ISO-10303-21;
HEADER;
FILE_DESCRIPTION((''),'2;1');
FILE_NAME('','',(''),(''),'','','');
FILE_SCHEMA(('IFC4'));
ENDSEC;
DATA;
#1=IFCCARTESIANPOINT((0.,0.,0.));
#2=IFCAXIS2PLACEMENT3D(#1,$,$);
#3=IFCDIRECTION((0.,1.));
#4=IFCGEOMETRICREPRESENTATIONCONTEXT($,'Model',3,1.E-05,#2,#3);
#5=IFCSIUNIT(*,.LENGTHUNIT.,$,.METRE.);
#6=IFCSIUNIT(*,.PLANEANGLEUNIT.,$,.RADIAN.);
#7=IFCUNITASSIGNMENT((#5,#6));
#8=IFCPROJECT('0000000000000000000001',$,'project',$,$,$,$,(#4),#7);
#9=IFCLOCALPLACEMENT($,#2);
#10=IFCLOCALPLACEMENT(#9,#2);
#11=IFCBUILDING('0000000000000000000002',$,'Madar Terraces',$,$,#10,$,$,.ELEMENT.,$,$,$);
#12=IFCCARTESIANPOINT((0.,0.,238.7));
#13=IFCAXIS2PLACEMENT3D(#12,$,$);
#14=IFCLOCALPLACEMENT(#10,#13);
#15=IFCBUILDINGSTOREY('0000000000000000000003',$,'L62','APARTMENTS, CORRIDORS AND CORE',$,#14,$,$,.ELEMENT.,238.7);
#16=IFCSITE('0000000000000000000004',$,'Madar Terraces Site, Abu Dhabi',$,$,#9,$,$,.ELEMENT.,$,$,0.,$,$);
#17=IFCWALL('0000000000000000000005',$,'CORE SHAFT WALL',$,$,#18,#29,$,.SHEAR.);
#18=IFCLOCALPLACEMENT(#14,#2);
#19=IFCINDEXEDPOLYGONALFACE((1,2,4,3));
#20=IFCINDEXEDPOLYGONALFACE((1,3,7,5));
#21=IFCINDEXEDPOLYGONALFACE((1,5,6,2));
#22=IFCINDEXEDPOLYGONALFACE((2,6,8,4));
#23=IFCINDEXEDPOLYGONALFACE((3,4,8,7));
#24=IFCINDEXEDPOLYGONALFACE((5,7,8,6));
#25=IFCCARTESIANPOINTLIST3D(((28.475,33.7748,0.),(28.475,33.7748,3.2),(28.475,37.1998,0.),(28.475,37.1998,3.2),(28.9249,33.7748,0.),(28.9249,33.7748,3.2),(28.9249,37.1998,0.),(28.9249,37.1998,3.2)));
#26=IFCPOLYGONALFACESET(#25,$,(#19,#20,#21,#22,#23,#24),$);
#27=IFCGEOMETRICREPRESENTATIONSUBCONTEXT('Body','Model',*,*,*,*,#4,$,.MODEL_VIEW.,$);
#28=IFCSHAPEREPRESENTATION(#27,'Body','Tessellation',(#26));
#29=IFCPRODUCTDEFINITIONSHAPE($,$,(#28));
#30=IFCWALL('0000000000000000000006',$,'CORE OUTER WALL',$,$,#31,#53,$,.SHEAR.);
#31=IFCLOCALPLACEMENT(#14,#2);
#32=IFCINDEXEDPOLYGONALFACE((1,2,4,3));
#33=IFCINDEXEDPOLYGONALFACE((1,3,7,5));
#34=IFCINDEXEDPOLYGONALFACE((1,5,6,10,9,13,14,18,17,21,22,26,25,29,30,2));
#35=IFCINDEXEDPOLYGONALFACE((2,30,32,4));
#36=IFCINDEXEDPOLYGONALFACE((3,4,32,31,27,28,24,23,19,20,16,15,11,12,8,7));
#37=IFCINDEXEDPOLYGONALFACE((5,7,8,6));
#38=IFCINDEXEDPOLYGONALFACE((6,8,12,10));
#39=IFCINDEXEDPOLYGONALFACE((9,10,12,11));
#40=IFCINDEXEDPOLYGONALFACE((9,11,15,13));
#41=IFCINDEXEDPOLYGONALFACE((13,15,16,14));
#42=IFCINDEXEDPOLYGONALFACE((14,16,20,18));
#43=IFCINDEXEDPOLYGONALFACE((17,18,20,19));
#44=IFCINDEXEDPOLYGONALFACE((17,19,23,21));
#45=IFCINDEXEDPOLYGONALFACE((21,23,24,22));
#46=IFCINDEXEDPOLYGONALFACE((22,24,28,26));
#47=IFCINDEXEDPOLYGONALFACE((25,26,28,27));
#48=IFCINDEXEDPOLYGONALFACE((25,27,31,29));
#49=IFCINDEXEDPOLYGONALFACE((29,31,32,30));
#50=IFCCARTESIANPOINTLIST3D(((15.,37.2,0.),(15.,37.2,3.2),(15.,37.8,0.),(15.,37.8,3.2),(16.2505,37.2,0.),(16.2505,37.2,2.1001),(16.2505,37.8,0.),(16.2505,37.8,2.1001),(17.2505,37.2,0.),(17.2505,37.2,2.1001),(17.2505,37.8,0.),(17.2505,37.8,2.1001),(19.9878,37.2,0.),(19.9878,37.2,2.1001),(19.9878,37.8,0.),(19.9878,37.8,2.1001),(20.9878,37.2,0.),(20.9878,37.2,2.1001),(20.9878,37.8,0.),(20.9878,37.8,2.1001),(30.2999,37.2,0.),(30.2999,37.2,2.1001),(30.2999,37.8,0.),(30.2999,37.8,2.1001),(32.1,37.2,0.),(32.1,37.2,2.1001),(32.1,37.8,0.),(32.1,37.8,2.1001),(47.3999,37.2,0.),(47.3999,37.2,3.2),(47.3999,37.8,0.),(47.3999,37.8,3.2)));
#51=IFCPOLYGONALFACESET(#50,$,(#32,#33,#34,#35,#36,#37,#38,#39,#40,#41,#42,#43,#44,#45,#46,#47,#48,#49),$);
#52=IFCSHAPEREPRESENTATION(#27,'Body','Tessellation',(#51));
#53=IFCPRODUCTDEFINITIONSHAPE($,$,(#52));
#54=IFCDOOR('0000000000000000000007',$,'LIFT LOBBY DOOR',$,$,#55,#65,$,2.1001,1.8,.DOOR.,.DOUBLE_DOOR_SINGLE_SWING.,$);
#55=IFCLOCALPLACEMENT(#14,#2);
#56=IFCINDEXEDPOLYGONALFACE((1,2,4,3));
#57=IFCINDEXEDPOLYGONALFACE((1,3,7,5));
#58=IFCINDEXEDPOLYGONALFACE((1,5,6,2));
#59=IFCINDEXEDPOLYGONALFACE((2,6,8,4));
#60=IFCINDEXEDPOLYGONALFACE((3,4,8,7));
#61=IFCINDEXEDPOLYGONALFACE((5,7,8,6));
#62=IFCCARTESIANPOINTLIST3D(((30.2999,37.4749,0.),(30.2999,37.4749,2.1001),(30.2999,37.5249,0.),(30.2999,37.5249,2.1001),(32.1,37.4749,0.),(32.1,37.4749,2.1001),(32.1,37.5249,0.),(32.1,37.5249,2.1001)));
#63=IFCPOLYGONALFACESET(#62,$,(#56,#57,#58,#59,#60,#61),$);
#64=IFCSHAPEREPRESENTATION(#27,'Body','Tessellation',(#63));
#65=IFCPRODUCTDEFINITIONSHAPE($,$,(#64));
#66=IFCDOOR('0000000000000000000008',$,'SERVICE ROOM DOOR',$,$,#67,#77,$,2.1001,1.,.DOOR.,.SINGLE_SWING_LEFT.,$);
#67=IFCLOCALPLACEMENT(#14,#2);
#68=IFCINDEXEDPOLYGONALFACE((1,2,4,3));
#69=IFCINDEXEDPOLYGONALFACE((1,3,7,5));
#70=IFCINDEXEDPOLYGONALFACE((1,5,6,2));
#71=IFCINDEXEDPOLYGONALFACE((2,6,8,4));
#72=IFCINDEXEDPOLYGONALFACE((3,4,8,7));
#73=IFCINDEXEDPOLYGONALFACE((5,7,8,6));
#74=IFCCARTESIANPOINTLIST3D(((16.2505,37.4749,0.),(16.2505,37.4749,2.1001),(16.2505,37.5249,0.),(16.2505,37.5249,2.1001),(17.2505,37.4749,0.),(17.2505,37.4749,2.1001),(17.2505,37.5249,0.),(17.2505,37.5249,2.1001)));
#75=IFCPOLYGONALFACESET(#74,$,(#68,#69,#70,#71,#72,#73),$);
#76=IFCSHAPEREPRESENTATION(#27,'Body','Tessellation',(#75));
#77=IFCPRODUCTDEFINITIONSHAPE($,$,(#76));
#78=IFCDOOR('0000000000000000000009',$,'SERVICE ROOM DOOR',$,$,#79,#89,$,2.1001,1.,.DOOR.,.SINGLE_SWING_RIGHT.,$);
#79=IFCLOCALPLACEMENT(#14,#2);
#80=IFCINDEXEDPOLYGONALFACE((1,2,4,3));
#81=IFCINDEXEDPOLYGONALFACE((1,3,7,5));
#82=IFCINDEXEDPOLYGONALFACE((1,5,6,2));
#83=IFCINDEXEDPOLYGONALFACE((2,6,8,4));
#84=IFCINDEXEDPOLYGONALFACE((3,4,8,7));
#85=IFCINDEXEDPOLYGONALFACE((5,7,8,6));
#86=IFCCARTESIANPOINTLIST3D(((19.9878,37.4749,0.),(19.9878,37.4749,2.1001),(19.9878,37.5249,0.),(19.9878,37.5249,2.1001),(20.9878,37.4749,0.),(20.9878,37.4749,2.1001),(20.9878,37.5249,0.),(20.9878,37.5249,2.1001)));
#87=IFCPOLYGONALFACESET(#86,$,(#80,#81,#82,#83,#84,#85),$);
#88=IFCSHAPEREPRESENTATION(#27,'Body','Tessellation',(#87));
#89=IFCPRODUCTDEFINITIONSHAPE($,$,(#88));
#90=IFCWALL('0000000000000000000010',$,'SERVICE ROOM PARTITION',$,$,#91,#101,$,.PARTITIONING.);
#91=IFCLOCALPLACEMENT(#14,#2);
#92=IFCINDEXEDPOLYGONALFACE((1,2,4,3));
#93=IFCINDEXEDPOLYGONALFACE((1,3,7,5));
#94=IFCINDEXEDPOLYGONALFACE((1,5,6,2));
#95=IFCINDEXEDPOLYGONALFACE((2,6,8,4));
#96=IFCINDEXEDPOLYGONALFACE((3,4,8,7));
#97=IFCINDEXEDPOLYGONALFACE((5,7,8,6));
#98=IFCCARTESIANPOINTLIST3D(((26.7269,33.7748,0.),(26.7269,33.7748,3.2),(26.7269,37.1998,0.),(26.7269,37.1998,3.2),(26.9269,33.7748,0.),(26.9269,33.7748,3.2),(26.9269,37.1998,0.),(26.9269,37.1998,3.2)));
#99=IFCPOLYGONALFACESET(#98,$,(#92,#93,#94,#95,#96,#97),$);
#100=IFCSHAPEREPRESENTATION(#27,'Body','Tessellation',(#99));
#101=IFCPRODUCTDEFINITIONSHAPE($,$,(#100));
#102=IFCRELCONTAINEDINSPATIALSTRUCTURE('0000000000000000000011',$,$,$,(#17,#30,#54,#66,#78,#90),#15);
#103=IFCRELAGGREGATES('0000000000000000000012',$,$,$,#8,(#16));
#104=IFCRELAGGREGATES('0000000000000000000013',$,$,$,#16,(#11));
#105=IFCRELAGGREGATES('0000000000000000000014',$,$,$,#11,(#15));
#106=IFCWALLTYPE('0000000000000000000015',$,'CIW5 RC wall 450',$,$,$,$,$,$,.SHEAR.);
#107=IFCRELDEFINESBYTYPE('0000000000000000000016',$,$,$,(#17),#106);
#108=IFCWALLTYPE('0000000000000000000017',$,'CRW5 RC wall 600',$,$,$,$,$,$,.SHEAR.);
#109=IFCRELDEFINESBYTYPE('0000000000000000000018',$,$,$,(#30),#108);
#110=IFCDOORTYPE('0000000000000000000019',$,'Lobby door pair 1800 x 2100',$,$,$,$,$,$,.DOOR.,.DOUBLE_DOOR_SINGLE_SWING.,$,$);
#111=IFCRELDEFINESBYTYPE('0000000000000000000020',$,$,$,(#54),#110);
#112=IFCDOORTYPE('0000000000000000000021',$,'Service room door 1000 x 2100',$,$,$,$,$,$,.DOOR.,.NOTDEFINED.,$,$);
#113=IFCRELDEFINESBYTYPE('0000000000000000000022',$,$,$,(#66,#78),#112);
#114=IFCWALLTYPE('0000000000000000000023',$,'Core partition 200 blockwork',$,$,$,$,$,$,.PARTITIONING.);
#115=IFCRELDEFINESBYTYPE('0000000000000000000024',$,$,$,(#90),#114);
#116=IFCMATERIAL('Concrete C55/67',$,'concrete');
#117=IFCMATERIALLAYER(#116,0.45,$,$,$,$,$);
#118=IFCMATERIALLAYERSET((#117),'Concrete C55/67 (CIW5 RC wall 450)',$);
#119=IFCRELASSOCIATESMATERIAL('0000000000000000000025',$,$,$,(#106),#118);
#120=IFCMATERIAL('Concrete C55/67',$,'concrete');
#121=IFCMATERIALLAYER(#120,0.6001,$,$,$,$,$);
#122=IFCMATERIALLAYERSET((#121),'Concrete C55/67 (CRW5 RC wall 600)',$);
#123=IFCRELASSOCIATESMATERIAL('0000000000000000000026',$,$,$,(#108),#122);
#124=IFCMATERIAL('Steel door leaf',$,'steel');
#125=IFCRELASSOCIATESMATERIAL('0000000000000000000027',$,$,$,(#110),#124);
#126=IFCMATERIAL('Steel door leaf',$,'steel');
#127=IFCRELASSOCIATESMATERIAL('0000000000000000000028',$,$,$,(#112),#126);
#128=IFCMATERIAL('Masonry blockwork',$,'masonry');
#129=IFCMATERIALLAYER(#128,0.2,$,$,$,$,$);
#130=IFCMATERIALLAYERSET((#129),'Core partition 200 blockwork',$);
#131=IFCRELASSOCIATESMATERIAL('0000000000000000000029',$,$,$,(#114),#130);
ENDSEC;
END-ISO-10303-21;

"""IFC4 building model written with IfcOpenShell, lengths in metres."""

from ifc_helpers import new_model, si_unit, direction, frame, frame_2d, origin, place, context, subcontext, project, spatial, rectangle, extrude, material, layer, layer_set, type_object, element, fill, save


model = new_model("IFC4")

# Units and contexts
model_context = context("Model", 3, precision=1e-05, world=origin(), true_north=direction((0.0, 1.0)))
body_context = subcontext(model_context, "Body", "Model", "MODEL_VIEW")
ifc_project = project(units=[si_unit("LENGTHUNIT", "METRE"), si_unit("PLANEANGLEUNIT", "RADIAN")], contexts=[model_context])

# Site, building, storey
site_placement = place(None, origin())
site = spatial("IfcSite", under=ifc_project, at=site_placement, Name="Madar Terraces Site, Abu Dhabi", CompositionType="ELEMENT", RefElevation=0.0)
building_placement = place(site_placement, origin())
building = spatial("IfcBuilding", under=site, at=building_placement, Name="Madar Terraces", CompositionType="ELEMENT")
storey_placement = place(building_placement, frame((0.0, 0.0, 238.7)))
storey = spatial("IfcBuildingStorey", under=building, at=storey_placement, Name="L62", Description="APARTMENTS, CORRIDORS AND CORE", CompositionType="ELEMENT", Elevation=238.7)

# Wall
ifc_material_1 = material(Name="Concrete C55/67", Category="concrete")
ifc_layer_1 = layer(ifc_material_1, 0.45)
ifc_layer_set_1 = layer_set([ifc_layer_1], Name="Concrete C55/67 (CIW5 RC wall 450)")
wall_type_1 = type_object("IfcWallType", Name="CIW5 RC wall 450", PredefinedType="SHEAR", material=ifc_layer_set_1)
wall_1_placement = place(storey_placement, frame((28.7, 33.7749, 0.0), z_axis=(0.0, 0.0, 1.0), x_axis=(0.0, 1.0, 0.0)))
element("IfcWall", 1, at=wall_1_placement, inside=storey, type_object=wall_type_1, Name="CORE SHAFT WALL", PredefinedType="SHEAR", context=body_context, shape_type="SweptSolid", body=[
    extrude(rectangle(XDim=3.425, YDim=0.45, at=frame_2d((1.7124, 0.0))), origin(), (0.0, 0.0, 1.0), 3.2),
])

# Wall, openings, doors
ifc_material_2 = material(Name="Concrete C55/67", Category="concrete")
ifc_layer_2 = layer(ifc_material_2, 0.6001)
ifc_layer_set_2 = layer_set([ifc_layer_2], Name="Concrete C55/67 (CRW5 RC wall 600)")
wall_type_2 = type_object("IfcWallType", Name="CRW5 RC wall 600", PredefinedType="SHEAR", material=ifc_layer_set_2)
wall_2_placement = place(storey_placement, frame((15.0, 37.5, 0.0), z_axis=(0.0, 0.0, 1.0), x_axis=(1.0, 0.0, 0.0)))
wall_2 = element("IfcWall", 2, at=wall_2_placement, inside=storey, type_object=wall_type_2, Name="CORE OUTER WALL", PredefinedType="SHEAR", context=body_context, shape_type="SweptSolid", body=[
    extrude(rectangle(XDim=32.3999, YDim=0.6001, at=frame_2d((16.2, 0.0))), origin(), (0.0, 0.0, 1.0), 3.2),
])
opening_1_placement = place(wall_2_placement, frame((15.3, 0.0, 0.0)))
opening_1 = element("IfcOpeningElement", 3, at=opening_1_placement, cuts=wall_2, PredefinedType="OPENING", context=body_context, shape_type="SweptSolid", body=[
    extrude(rectangle(XDim=1.8, YDim=2.1001, at=frame_2d((0.8999, 1.05))), frame((0.0, 0.3101, 0.0), z_axis=(0.0, -1.0, 0.0), x_axis=(1.0, 0.0, 0.0)), (0.0, 0.0, 1.0), 0.6201),
])
opening_2_placement = place(wall_2_placement, frame((1.2505, 0.0, 0.0)))
opening_2 = element("IfcOpeningElement", 4, at=opening_2_placement, cuts=wall_2, PredefinedType="OPENING", context=body_context, shape_type="SweptSolid", body=[
    extrude(rectangle(XDim=1.0, YDim=2.1001, at=frame_2d((0.5, 1.05))), frame((0.0, 0.3101, 0.0), z_axis=(0.0, -1.0, 0.0), x_axis=(1.0, 0.0, 0.0)), (0.0, 0.0, 1.0), 0.6201),
])
opening_3_placement = place(wall_2_placement, frame((4.9878, 0.0, 0.0)))
opening_3 = element("IfcOpeningElement", 5, at=opening_3_placement, cuts=wall_2, PredefinedType="OPENING", context=body_context, shape_type="SweptSolid", body=[
    extrude(rectangle(XDim=1.0, YDim=2.1001, at=frame_2d((0.5, 1.05))), frame((0.0, 0.3101, 0.0), z_axis=(0.0, -1.0, 0.0), x_axis=(1.0, 0.0, 0.0)), (0.0, 0.0, 1.0), 0.6201),
])
ifc_material_3 = material(Name="Steel door leaf", Category="steel")
door_type_1 = type_object("IfcDoorType", Name="Lobby door pair 1800 x 2100", OperationType="DOUBLE_DOOR_SINGLE_SWING", PredefinedType="DOOR", material=ifc_material_3)
door_1_placement = place(opening_1_placement, origin())
door_1 = element("IfcDoor", 6, at=door_1_placement, inside=storey, type_object=door_type_1, Name="LIFT LOBBY DOOR", OperationType="DOUBLE_DOOR_SINGLE_SWING", OverallHeight=2.1001, OverallWidth=1.8, PredefinedType="DOOR", context=body_context, shape_type="SweptSolid", body=[
    extrude(rectangle(XDim=1.8, YDim=2.1001, at=frame_2d((0.8999, 1.05))), frame((0.0, 0.0249, 0.0), z_axis=(0.0, -1.0, 0.0), x_axis=(1.0, 0.0, 0.0)), (0.0, 0.0, 1.0), 0.05),
])
fill(opening_1, door_1)
ifc_material_4 = material(Name="Steel door leaf", Category="steel")
door_type_2 = type_object("IfcDoorType", Name="Service room door 1000 x 2100", OperationType="NOTDEFINED", PredefinedType="DOOR", material=ifc_material_4)
door_2_placement = place(opening_2_placement, origin())
door_2 = element("IfcDoor", 7, at=door_2_placement, inside=storey, type_object=door_type_2, Name="SERVICE ROOM DOOR", OperationType="SINGLE_SWING_LEFT", OverallHeight=2.1001, OverallWidth=1.0, PredefinedType="DOOR", context=body_context, shape_type="SweptSolid", body=[
    extrude(rectangle(XDim=1.0, YDim=2.1001, at=frame_2d((0.5, 1.05))), frame((0.0, 0.0249, 0.0), z_axis=(0.0, -1.0, 0.0), x_axis=(1.0, 0.0, 0.0)), (0.0, 0.0, 1.0), 0.05),
])
fill(opening_2, door_2)
door_3_placement = place(opening_3_placement, origin())
door_3 = element("IfcDoor", 8, at=door_3_placement, inside=storey, type_object=door_type_2, Name="SERVICE ROOM DOOR", OperationType="SINGLE_SWING_RIGHT", OverallHeight=2.1001, OverallWidth=1.0, PredefinedType="DOOR", context=body_context, shape_type="SweptSolid", body=[
    extrude(rectangle(XDim=1.0, YDim=2.1001, at=frame_2d((0.5, 1.05))), frame((0.0, 0.0249, 0.0), z_axis=(0.0, -1.0, 0.0), x_axis=(1.0, 0.0, 0.0)), (0.0, 0.0, 1.0), 0.05),
])
fill(opening_3, door_3)

# Wall
ifc_material_5 = material(Name="Masonry blockwork", Category="masonry")
ifc_layer_3 = layer(ifc_material_5, 0.2)
ifc_layer_set_3 = layer_set([ifc_layer_3], Name="Core partition 200 blockwork")
wall_type_3 = type_object("IfcWallType", Name="Core partition 200 blockwork", PredefinedType="PARTITIONING", material=ifc_layer_set_3)
wall_3_placement = place(storey_placement, frame((26.8269, 33.7749, 0.0), z_axis=(0.0, 0.0, 1.0), x_axis=(0.0, 1.0, 0.0)))
element("IfcWall", 9, at=wall_3_placement, inside=storey, type_object=wall_type_3, Name="SERVICE ROOM PARTITION", PredefinedType="PARTITIONING", context=body_context, shape_type="SweptSolid", body=[
    extrude(rectangle(XDim=3.425, YDim=0.2, at=frame_2d((1.7124, 0.0))), origin(), (0.0, 0.0, 1.0), 3.2),
])

save(model, "model.ifc")
